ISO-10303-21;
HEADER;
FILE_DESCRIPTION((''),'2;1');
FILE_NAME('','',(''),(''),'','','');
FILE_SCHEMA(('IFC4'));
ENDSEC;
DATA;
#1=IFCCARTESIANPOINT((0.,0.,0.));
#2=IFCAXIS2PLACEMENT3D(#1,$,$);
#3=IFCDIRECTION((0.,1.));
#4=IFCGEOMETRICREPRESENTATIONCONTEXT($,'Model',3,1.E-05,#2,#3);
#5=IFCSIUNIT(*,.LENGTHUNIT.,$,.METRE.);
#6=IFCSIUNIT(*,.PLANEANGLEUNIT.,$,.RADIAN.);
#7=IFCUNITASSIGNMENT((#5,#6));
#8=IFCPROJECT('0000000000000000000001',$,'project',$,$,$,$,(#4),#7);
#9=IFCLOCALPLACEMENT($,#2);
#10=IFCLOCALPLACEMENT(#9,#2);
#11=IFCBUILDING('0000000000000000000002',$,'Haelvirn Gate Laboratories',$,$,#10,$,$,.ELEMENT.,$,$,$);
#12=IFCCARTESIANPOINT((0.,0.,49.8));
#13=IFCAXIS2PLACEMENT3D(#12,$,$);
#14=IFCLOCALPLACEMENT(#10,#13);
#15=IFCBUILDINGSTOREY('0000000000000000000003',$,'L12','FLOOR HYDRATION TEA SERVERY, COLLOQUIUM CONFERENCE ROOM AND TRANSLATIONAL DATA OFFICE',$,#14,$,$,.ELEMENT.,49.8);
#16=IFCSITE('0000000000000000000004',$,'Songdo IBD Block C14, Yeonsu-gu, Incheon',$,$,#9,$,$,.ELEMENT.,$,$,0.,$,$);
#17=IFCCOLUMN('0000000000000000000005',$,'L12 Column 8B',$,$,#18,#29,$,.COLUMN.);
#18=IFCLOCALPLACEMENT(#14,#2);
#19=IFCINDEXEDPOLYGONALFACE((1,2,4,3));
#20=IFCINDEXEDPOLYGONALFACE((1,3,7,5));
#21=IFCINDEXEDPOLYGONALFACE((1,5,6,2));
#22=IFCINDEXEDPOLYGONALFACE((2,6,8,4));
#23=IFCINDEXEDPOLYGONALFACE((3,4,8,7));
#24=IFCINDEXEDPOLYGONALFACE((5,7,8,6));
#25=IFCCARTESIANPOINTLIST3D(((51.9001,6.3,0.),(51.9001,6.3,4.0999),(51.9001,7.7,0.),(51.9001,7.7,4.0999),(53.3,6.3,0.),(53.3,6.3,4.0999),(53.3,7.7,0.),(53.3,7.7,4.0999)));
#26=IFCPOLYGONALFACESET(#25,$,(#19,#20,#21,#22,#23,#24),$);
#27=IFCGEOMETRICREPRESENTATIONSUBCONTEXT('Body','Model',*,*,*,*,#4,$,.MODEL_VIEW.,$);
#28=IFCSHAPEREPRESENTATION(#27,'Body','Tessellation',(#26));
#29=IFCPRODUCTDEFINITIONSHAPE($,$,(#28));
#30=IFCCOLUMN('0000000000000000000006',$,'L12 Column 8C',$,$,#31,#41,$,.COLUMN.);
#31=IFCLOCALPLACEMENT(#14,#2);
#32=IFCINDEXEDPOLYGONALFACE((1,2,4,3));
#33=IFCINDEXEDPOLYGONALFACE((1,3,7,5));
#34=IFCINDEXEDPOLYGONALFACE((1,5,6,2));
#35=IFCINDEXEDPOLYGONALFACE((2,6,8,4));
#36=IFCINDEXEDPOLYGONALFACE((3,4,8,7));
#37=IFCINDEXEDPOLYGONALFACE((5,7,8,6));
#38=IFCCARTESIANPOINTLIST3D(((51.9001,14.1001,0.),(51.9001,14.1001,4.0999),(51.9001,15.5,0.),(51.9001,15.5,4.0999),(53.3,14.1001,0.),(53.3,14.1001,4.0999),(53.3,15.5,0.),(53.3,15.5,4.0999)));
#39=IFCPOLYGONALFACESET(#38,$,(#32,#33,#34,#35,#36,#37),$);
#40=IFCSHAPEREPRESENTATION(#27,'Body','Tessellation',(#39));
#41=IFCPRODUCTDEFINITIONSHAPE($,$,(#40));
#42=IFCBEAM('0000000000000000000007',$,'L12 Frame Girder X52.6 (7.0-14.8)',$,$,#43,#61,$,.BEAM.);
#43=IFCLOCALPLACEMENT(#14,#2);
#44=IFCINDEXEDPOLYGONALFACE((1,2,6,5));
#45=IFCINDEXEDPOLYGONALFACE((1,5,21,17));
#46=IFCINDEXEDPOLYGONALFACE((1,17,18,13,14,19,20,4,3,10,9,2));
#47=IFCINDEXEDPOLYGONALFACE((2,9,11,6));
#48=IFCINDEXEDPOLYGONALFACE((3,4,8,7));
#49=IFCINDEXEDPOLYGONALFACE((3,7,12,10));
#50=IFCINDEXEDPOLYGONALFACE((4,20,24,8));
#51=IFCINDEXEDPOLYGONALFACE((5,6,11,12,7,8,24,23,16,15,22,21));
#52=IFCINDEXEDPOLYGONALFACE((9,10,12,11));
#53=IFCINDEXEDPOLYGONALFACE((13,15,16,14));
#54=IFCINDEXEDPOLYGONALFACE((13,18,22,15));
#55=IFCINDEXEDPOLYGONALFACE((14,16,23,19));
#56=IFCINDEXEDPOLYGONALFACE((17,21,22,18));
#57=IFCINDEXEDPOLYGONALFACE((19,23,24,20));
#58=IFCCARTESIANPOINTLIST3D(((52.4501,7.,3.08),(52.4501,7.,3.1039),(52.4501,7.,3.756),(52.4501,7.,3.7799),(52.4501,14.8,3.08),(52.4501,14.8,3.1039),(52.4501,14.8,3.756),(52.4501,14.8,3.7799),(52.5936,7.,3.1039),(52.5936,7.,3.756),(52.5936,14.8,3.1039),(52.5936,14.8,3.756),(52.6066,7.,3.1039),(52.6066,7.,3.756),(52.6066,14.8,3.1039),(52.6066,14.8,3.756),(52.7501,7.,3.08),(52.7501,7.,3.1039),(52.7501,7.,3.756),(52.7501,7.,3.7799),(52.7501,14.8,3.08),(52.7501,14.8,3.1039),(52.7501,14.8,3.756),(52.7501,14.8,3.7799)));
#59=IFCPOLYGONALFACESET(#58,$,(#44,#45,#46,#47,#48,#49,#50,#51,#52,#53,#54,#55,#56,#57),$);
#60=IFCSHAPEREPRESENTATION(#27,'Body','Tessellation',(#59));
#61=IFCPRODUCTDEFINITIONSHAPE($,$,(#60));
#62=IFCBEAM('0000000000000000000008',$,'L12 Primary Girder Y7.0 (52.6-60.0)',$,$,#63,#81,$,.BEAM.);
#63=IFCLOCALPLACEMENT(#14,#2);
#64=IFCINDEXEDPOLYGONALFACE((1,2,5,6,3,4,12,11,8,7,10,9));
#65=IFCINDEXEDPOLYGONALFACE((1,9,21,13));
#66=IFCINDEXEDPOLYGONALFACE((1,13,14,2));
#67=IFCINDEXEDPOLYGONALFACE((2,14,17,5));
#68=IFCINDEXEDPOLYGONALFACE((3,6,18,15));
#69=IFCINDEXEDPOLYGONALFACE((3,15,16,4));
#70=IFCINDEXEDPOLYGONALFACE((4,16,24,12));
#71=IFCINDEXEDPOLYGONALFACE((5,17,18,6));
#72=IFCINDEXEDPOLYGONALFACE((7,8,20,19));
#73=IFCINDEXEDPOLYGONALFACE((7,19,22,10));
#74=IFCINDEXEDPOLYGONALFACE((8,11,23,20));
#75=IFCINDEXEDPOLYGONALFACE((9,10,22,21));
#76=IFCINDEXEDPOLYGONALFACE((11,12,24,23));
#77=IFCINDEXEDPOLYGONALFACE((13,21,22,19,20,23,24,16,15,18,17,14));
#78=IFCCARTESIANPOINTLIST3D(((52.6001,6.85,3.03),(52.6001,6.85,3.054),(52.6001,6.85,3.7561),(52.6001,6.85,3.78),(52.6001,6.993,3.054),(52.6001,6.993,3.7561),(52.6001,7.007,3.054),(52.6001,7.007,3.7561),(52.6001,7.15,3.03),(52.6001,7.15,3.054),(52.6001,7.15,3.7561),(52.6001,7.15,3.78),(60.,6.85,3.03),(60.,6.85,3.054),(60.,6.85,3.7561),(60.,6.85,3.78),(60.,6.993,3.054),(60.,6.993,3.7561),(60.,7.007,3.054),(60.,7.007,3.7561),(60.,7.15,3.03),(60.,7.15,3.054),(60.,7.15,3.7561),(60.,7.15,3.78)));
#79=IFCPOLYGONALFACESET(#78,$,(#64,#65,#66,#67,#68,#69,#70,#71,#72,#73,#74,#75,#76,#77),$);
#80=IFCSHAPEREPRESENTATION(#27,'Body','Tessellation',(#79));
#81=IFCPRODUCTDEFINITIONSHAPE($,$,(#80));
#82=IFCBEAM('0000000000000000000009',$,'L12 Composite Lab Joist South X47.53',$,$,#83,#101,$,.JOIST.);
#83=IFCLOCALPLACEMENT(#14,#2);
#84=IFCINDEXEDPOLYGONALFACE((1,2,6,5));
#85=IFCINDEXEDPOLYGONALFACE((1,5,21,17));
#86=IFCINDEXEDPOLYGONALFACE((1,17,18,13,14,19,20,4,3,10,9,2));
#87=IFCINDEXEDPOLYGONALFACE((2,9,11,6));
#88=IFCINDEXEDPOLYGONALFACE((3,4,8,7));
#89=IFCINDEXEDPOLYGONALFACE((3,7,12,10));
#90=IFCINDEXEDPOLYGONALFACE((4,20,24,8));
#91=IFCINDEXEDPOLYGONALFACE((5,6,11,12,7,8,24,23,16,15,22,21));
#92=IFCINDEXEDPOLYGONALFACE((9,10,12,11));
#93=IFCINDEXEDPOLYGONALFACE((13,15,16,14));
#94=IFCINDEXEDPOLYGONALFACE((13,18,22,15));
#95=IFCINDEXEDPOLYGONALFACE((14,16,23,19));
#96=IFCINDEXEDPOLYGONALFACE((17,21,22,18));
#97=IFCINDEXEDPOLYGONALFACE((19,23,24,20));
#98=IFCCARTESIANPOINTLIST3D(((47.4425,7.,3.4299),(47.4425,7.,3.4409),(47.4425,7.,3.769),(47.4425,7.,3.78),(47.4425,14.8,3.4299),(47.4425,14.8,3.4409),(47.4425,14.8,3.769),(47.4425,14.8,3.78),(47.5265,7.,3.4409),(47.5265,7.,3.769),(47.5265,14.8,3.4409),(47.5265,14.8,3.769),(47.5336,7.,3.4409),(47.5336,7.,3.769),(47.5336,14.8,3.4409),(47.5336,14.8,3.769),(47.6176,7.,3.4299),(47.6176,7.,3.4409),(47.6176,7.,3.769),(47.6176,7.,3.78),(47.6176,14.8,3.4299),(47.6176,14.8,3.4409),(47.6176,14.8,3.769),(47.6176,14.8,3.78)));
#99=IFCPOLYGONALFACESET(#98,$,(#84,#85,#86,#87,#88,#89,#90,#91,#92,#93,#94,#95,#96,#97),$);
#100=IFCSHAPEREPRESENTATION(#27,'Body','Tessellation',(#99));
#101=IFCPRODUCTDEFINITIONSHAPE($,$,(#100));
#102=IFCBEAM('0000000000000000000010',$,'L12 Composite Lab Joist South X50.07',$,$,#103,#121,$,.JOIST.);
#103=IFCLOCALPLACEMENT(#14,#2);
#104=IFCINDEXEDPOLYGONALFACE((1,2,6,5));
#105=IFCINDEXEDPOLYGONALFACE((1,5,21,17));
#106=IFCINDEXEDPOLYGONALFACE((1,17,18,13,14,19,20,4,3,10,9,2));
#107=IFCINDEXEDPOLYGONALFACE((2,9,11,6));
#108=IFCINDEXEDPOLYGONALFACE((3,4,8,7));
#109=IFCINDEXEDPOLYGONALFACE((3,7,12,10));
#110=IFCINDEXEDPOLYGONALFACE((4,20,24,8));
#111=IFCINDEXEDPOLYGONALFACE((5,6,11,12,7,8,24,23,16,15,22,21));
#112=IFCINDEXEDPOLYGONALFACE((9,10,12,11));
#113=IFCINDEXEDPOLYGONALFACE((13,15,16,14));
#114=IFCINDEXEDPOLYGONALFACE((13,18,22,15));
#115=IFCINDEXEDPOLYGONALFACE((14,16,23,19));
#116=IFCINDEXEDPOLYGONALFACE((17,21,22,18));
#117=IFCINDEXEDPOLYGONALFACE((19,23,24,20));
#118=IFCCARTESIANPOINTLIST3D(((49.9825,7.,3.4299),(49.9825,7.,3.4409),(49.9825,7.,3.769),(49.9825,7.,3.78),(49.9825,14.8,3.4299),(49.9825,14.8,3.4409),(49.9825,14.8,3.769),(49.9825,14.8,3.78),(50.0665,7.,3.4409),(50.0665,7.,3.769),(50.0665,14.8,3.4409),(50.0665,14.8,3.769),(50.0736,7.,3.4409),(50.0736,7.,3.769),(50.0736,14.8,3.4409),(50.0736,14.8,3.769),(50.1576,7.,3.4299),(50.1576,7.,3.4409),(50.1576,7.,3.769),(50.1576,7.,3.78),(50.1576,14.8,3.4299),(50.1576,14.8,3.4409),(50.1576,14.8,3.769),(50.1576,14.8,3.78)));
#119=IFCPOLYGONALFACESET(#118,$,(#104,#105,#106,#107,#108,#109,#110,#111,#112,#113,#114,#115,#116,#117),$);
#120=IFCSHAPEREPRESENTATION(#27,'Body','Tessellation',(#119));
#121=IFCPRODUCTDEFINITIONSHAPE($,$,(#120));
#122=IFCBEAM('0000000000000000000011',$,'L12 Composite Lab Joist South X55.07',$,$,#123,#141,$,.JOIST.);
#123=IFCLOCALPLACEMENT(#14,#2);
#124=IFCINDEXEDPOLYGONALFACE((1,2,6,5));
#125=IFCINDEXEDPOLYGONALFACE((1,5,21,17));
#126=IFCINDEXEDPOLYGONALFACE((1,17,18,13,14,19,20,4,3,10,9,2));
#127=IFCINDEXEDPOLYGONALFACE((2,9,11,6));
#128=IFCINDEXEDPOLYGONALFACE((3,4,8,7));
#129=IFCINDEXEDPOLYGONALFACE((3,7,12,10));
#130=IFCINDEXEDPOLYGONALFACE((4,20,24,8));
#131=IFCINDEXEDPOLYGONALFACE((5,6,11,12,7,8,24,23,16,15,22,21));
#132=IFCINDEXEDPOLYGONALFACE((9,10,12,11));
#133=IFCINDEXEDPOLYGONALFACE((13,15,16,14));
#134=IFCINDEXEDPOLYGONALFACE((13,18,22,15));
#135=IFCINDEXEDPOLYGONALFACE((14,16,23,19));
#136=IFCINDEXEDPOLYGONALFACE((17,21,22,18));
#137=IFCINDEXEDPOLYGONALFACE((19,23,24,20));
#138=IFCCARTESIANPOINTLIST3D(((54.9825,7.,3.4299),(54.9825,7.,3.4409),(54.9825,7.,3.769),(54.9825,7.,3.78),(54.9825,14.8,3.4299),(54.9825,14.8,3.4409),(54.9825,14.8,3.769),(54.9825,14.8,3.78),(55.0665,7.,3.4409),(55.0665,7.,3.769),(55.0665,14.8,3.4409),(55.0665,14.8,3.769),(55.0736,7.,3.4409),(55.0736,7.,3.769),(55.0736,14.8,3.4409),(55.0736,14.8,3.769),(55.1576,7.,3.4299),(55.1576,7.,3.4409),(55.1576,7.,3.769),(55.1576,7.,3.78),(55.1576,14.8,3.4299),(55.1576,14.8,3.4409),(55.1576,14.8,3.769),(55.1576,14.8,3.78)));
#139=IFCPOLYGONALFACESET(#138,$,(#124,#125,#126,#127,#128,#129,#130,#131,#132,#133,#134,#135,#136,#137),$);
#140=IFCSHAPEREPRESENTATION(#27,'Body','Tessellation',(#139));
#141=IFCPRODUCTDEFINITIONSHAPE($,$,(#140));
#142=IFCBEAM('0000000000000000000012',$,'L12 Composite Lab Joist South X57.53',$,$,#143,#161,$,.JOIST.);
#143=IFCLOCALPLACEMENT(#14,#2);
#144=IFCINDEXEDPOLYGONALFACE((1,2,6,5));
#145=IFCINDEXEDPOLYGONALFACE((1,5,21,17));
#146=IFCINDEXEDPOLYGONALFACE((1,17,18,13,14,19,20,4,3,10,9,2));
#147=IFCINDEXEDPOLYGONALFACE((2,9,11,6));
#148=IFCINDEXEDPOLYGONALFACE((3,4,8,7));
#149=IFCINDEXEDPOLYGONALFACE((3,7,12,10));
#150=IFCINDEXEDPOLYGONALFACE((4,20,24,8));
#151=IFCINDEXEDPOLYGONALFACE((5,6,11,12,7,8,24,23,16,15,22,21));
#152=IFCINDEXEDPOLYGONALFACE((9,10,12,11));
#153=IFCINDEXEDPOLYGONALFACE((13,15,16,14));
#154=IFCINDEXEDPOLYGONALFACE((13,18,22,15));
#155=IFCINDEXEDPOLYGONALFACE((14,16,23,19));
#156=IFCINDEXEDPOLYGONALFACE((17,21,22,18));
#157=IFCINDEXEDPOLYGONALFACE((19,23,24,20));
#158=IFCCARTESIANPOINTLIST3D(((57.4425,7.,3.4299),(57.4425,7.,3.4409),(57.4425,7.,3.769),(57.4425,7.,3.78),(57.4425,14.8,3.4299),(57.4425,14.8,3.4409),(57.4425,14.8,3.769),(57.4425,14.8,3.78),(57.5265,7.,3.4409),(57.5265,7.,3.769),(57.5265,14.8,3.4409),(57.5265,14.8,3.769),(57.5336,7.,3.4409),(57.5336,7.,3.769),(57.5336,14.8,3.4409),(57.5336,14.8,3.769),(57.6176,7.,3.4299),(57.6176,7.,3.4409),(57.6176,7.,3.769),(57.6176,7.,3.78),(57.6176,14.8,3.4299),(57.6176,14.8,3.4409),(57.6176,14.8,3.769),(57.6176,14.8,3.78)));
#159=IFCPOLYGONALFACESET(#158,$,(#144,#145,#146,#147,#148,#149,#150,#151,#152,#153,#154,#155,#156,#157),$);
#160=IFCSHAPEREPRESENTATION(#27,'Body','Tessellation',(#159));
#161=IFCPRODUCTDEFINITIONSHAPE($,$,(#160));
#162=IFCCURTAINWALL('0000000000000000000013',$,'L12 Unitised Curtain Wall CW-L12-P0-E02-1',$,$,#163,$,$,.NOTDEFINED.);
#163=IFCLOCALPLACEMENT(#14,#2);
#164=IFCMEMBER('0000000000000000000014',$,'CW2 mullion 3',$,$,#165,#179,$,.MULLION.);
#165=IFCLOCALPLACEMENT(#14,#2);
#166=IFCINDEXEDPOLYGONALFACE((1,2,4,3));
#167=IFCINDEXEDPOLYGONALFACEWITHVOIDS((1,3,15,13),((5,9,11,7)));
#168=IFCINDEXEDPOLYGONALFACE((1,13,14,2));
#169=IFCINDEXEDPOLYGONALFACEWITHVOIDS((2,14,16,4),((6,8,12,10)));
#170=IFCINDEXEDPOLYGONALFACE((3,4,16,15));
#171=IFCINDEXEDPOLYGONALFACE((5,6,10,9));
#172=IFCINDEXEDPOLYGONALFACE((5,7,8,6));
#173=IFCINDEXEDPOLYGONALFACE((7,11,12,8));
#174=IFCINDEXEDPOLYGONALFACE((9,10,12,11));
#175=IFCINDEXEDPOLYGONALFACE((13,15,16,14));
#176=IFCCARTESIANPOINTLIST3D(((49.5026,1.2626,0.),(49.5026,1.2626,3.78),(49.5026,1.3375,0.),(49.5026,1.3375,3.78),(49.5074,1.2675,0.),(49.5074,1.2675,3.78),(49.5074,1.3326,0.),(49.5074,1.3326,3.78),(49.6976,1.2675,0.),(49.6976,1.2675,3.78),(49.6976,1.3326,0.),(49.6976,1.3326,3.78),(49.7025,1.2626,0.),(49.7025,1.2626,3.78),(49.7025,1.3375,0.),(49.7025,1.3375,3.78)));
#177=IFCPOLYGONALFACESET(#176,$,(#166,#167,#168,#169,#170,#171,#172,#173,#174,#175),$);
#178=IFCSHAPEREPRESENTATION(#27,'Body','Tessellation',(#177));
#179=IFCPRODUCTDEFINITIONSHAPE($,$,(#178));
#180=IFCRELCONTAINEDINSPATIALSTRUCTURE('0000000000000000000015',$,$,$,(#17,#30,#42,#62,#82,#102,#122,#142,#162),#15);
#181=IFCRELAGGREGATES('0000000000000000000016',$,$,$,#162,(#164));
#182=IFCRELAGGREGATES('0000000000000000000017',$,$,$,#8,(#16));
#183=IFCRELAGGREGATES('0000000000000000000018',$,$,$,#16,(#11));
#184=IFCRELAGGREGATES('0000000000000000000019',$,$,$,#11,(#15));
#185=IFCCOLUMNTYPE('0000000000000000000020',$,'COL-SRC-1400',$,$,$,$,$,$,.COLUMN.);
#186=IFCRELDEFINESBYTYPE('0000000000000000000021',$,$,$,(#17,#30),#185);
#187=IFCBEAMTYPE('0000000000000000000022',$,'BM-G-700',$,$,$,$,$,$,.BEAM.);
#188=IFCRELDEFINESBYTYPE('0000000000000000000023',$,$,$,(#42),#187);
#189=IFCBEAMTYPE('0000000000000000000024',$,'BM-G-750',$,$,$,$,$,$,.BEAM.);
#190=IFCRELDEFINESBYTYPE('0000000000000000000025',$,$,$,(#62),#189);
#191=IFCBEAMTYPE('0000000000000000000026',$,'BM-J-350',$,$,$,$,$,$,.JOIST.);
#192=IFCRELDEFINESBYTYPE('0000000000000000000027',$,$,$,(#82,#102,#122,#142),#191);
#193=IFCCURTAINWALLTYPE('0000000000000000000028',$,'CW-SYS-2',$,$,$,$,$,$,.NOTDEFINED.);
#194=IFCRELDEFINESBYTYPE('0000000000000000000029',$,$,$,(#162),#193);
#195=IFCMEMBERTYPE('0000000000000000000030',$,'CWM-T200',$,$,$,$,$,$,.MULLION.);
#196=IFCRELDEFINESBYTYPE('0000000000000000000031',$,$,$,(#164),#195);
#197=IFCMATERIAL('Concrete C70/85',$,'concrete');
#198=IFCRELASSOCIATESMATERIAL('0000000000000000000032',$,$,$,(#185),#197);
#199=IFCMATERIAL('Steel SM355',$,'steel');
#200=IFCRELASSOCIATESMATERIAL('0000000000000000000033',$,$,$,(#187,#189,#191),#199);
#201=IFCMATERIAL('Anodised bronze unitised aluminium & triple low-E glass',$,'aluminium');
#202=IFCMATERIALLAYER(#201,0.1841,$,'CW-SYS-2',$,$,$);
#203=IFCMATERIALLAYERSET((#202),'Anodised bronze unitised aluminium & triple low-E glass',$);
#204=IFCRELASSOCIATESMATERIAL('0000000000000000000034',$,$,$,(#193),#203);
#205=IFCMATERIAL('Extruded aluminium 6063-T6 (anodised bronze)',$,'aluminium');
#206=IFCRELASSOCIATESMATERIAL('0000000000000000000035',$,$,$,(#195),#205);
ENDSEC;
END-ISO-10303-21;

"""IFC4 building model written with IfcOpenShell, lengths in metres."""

from ifc_helpers import new_model, si_unit, direction, frame, origin, origin_2d, place, context, subcontext, project, spatial, rectangle, hollow_rectangle, i_section, extrude, source, transform, mapped, material, layer, layer_set, material_profile, profile_set, type_object, type_shapes, element, aggregate, save


model = new_model("IFC4")

# Units and contexts
model_context = context("Model", 3, precision=1e-05, world=origin(), true_north=direction((0.0, 1.0)))
body_context = subcontext(model_context, "Body", "Model", "MODEL_VIEW")
ifc_project = project(units=[si_unit("LENGTHUNIT", "METRE"), si_unit("PLANEANGLEUNIT", "RADIAN")], contexts=[model_context])

# Site, building, storey
site_placement = place(None, origin())
site = spatial("IfcSite", under=ifc_project, at=site_placement, Name="Songdo IBD Block C14, Yeonsu-gu, Incheon", CompositionType="ELEMENT", RefElevation=0.0)
building_placement = place(site_placement, origin())
building = spatial("IfcBuilding", under=site, at=building_placement, Name="Haelvirn Gate Laboratories", CompositionType="ELEMENT")
storey_placement = place(building_placement, frame((0.0, 0.0, 49.8)))
storey = spatial("IfcBuildingStorey", under=building, at=storey_placement, Name="L12", Description="FLOOR HYDRATION TEA SERVERY, COLLOQUIUM CONFERENCE ROOM AND TRANSLATIONAL DATA OFFICE", CompositionType="ELEMENT", Elevation=49.8)

# Columns
ifc_material_1 = material(Name="Concrete C70/85", Category="concrete")
ifc_material_profile_1 = material_profile(ifc_material_1, rectangle(XDim=1.3999, YDim=1.3999, at=origin_2d()), Name="SRC-1400x1400")
ifc_profile_set_1 = profile_set([ifc_material_profile_1], Name="Concrete C70/85")
column_type = type_object("IfcColumnType", Name="COL-SRC-1400", PredefinedType="COLUMN", material=ifc_profile_set_1)
shared_shape_1 = source(origin(), body_context, "Body", "SweptSolid", [
    extrude(rectangle(XDim=1.3999, YDim=1.3999, at=origin_2d()), origin(), (0.0, 0.0, 1.0), 4.0999),
])
type_shapes(column_type, [shared_shape_1])
for number, where, z_axis, x_axis, name in (
    (1, (52.6001, 7.0, 0.0), (0.0, 0.0, 1.0), (1.0, 0.0, 0.0), "L12 Column 8B"),
    (2, (52.6001, 14.8, 0.0), (0.0, 0.0, 1.0), (1.0, 0.0, 0.0), "L12 Column 8C"),
):
    element("IfcColumn", number, at=place(storey_placement, frame(where, z_axis=z_axis, x_axis=x_axis)), inside=storey, type_object=column_type, Name=name, PredefinedType="COLUMN", context=body_context, shape_type="MappedRepresentation", body=[
        mapped(shared_shape_1, transform((0.0, 0.0, 0.0), scale=1.0)),
    ])

# Beams
ifc_material_2 = material(Name="Steel SM355", Category="steel")
ifc_material_profile_2 = material_profile(ifc_material_2, i_section(OverallWidth=0.3, OverallDepth=0.7, WebThickness=0.0129, FlangeThickness=0.0239, at=origin_2d()), Name="H-700x300x13x24")
ifc_profile_set_2 = profile_set([ifc_material_profile_2], Name="Steel SM355")
beam_type_1 = type_object("IfcBeamType", Name="BM-G-700", PredefinedType="BEAM", material=ifc_profile_set_2)
shared_shape_2 = source(origin(), body_context, "Body", "SweptSolid", [
    extrude(i_section(OverallWidth=0.3, OverallDepth=0.7, WebThickness=0.0129, FlangeThickness=0.0239, at=origin_2d()), origin(), (0.0, 0.0, 1.0), 7.8),
])
type_shapes(beam_type_1, [shared_shape_2])
beam_1_placement = place(storey_placement, frame((52.6001, 7.0, 3.4299), z_axis=(0.0, 1.0, 0.0), x_axis=(-1.0, 0.0, 0.0)))
element("IfcBeam", 3, at=beam_1_placement, inside=storey, type_object=beam_type_1, Name="L12 Frame Girder X52.6 (7.0-14.8)", PredefinedType="BEAM", context=body_context, shape_type="MappedRepresentation", body=[
    mapped(shared_shape_2, transform((0.0, 0.0, 0.0), scale=1.0)),
])
ifc_material_profile_3 = material_profile(ifc_material_2, i_section(OverallWidth=0.3, OverallDepth=0.75, WebThickness=0.0139, FlangeThickness=0.0239, at=origin_2d()), Name="H-750x300x14x24")
ifc_profile_set_3 = profile_set([ifc_material_profile_3], Name="Steel SM355")
beam_type_2 = type_object("IfcBeamType", Name="BM-G-750", PredefinedType="BEAM", material=ifc_profile_set_3)
shared_shape_3 = source(origin(), body_context, "Body", "SweptSolid", [
    extrude(i_section(OverallWidth=0.3, OverallDepth=0.75, WebThickness=0.0139, FlangeThickness=0.0239, at=origin_2d()), origin(), (0.0, 0.0, 1.0), 7.3999),
])
type_shapes(beam_type_2, [shared_shape_3])
beam_2_placement = place(storey_placement, frame((52.6001, 7.0, 3.405), z_axis=(1.0, 0.0, 0.0), x_axis=(0.0, 1.0, 0.0)))
element("IfcBeam", 4, at=beam_2_placement, inside=storey, type_object=beam_type_2, Name="L12 Primary Girder Y7.0 (52.6-60.0)", PredefinedType="BEAM", context=body_context, shape_type="MappedRepresentation", body=[
    mapped(shared_shape_3, transform((0.0, 0.0, 0.0), scale=1.0)),
])
ifc_material_profile_4 = material_profile(ifc_material_2, i_section(OverallWidth=0.175, OverallDepth=0.3501, WebThickness=0.0071, FlangeThickness=0.011, at=origin_2d()), Name="H-350x175x7x11")
ifc_profile_set_4 = profile_set([ifc_material_profile_4], Name="Steel SM355")
beam_type_3 = type_object("IfcBeamType", Name="BM-J-350", PredefinedType="JOIST", material=ifc_profile_set_4)
shared_shape_4 = source(origin(), body_context, "Body", "SweptSolid", [
    extrude(i_section(OverallWidth=0.175, OverallDepth=0.3501, WebThickness=0.0071, FlangeThickness=0.011, at=origin_2d()), origin(), (0.0, 0.0, 1.0), 7.8),
])
type_shapes(beam_type_3, [shared_shape_4])
for number, where, z_axis, x_axis, name in (
    (5, (47.53, 7.0, 3.605), (0.0, 1.0, 0.0), (-1.0, 0.0, 0.0), "L12 Composite Lab Joist South X47.53"),
    (6, (50.0701, 7.0, 3.605), (0.0, 1.0, 0.0), (-1.0, 0.0, 0.0), "L12 Composite Lab Joist South X50.07"),
    (7, (55.0701, 7.0, 3.605), (0.0, 1.0, 0.0), (-1.0, 0.0, 0.0), "L12 Composite Lab Joist South X55.07"),
    (8, (57.53, 7.0, 3.605), (0.0, 1.0, 0.0), (-1.0, 0.0, 0.0), "L12 Composite Lab Joist South X57.53"),
):
    element("IfcBeam", number, at=place(storey_placement, frame(where, z_axis=z_axis, x_axis=x_axis)), inside=storey, type_object=beam_type_3, Name=name, PredefinedType="JOIST", context=body_context, shape_type="MappedRepresentation", body=[
        mapped(shared_shape_4, transform((0.0, 0.0, 0.0), scale=1.0)),
    ])

# Curtain wall, member
ifc_material_3 = material(Name="Anodised bronze unitised aluminium & triple low-E glass", Category="aluminium")
ifc_layer_1 = layer(ifc_material_3, 0.1841, Name="CW-SYS-2")
ifc_layer_set_1 = layer_set([ifc_layer_1], Name="Anodised bronze unitised aluminium & triple low-E glass")
curtain_wall_type = type_object("IfcCurtainWallType", Name="CW-SYS-2", PredefinedType="NOTDEFINED", material=ifc_layer_set_1)
curtain_wall_1_placement = place(storey_placement, origin())
curtain_wall_1 = element("IfcCurtainWall", 9, at=curtain_wall_1_placement, inside=storey, type_object=curtain_wall_type, Name="L12 Unitised Curtain Wall CW-L12-P0-E02-1", PredefinedType="NOTDEFINED")
ifc_material_4 = material(Name="Extruded aluminium 6063-T6 (anodised bronze)", Category="aluminium")
ifc_material_profile_5 = material_profile(ifc_material_4, hollow_rectangle(XDim=0.075, YDim=0.2, WallThickness=0.0049, at=origin_2d()), Name="CWM-200x75x5")
ifc_profile_set_5 = profile_set([ifc_material_profile_5], Name="Extruded aluminium 6063-T6 (anodised bronze)")
member_type_1 = type_object("IfcMemberType", Name="CWM-T200", PredefinedType="MULLION", material=ifc_profile_set_5)
shared_shape_5 = source(origin(), body_context, "Body", "SweptSolid", [
    extrude(hollow_rectangle(XDim=0.075, YDim=0.2, WallThickness=0.0049, at=origin_2d()), origin(), (0.0, 0.0, 1.0), 3.78),
])
type_shapes(member_type_1, [shared_shape_5])
member_1_placement = place(storey_placement, frame((49.6025, 1.3, 0.0), z_axis=(0.0, 0.0, 1.0), x_axis=(0.0, 1.0, 0.0)))
member_1 = element("IfcMember", 10, at=member_1_placement, type_object=member_type_1, Name="CW2 mullion 3", PredefinedType="MULLION", context=body_context, shape_type="MappedRepresentation", body=[
    mapped(shared_shape_5, transform((0.0, 0.0, 0.0), scale=1.0)),
])
aggregate(curtain_wall_1, [member_1])

save(model, "model.ifc")
